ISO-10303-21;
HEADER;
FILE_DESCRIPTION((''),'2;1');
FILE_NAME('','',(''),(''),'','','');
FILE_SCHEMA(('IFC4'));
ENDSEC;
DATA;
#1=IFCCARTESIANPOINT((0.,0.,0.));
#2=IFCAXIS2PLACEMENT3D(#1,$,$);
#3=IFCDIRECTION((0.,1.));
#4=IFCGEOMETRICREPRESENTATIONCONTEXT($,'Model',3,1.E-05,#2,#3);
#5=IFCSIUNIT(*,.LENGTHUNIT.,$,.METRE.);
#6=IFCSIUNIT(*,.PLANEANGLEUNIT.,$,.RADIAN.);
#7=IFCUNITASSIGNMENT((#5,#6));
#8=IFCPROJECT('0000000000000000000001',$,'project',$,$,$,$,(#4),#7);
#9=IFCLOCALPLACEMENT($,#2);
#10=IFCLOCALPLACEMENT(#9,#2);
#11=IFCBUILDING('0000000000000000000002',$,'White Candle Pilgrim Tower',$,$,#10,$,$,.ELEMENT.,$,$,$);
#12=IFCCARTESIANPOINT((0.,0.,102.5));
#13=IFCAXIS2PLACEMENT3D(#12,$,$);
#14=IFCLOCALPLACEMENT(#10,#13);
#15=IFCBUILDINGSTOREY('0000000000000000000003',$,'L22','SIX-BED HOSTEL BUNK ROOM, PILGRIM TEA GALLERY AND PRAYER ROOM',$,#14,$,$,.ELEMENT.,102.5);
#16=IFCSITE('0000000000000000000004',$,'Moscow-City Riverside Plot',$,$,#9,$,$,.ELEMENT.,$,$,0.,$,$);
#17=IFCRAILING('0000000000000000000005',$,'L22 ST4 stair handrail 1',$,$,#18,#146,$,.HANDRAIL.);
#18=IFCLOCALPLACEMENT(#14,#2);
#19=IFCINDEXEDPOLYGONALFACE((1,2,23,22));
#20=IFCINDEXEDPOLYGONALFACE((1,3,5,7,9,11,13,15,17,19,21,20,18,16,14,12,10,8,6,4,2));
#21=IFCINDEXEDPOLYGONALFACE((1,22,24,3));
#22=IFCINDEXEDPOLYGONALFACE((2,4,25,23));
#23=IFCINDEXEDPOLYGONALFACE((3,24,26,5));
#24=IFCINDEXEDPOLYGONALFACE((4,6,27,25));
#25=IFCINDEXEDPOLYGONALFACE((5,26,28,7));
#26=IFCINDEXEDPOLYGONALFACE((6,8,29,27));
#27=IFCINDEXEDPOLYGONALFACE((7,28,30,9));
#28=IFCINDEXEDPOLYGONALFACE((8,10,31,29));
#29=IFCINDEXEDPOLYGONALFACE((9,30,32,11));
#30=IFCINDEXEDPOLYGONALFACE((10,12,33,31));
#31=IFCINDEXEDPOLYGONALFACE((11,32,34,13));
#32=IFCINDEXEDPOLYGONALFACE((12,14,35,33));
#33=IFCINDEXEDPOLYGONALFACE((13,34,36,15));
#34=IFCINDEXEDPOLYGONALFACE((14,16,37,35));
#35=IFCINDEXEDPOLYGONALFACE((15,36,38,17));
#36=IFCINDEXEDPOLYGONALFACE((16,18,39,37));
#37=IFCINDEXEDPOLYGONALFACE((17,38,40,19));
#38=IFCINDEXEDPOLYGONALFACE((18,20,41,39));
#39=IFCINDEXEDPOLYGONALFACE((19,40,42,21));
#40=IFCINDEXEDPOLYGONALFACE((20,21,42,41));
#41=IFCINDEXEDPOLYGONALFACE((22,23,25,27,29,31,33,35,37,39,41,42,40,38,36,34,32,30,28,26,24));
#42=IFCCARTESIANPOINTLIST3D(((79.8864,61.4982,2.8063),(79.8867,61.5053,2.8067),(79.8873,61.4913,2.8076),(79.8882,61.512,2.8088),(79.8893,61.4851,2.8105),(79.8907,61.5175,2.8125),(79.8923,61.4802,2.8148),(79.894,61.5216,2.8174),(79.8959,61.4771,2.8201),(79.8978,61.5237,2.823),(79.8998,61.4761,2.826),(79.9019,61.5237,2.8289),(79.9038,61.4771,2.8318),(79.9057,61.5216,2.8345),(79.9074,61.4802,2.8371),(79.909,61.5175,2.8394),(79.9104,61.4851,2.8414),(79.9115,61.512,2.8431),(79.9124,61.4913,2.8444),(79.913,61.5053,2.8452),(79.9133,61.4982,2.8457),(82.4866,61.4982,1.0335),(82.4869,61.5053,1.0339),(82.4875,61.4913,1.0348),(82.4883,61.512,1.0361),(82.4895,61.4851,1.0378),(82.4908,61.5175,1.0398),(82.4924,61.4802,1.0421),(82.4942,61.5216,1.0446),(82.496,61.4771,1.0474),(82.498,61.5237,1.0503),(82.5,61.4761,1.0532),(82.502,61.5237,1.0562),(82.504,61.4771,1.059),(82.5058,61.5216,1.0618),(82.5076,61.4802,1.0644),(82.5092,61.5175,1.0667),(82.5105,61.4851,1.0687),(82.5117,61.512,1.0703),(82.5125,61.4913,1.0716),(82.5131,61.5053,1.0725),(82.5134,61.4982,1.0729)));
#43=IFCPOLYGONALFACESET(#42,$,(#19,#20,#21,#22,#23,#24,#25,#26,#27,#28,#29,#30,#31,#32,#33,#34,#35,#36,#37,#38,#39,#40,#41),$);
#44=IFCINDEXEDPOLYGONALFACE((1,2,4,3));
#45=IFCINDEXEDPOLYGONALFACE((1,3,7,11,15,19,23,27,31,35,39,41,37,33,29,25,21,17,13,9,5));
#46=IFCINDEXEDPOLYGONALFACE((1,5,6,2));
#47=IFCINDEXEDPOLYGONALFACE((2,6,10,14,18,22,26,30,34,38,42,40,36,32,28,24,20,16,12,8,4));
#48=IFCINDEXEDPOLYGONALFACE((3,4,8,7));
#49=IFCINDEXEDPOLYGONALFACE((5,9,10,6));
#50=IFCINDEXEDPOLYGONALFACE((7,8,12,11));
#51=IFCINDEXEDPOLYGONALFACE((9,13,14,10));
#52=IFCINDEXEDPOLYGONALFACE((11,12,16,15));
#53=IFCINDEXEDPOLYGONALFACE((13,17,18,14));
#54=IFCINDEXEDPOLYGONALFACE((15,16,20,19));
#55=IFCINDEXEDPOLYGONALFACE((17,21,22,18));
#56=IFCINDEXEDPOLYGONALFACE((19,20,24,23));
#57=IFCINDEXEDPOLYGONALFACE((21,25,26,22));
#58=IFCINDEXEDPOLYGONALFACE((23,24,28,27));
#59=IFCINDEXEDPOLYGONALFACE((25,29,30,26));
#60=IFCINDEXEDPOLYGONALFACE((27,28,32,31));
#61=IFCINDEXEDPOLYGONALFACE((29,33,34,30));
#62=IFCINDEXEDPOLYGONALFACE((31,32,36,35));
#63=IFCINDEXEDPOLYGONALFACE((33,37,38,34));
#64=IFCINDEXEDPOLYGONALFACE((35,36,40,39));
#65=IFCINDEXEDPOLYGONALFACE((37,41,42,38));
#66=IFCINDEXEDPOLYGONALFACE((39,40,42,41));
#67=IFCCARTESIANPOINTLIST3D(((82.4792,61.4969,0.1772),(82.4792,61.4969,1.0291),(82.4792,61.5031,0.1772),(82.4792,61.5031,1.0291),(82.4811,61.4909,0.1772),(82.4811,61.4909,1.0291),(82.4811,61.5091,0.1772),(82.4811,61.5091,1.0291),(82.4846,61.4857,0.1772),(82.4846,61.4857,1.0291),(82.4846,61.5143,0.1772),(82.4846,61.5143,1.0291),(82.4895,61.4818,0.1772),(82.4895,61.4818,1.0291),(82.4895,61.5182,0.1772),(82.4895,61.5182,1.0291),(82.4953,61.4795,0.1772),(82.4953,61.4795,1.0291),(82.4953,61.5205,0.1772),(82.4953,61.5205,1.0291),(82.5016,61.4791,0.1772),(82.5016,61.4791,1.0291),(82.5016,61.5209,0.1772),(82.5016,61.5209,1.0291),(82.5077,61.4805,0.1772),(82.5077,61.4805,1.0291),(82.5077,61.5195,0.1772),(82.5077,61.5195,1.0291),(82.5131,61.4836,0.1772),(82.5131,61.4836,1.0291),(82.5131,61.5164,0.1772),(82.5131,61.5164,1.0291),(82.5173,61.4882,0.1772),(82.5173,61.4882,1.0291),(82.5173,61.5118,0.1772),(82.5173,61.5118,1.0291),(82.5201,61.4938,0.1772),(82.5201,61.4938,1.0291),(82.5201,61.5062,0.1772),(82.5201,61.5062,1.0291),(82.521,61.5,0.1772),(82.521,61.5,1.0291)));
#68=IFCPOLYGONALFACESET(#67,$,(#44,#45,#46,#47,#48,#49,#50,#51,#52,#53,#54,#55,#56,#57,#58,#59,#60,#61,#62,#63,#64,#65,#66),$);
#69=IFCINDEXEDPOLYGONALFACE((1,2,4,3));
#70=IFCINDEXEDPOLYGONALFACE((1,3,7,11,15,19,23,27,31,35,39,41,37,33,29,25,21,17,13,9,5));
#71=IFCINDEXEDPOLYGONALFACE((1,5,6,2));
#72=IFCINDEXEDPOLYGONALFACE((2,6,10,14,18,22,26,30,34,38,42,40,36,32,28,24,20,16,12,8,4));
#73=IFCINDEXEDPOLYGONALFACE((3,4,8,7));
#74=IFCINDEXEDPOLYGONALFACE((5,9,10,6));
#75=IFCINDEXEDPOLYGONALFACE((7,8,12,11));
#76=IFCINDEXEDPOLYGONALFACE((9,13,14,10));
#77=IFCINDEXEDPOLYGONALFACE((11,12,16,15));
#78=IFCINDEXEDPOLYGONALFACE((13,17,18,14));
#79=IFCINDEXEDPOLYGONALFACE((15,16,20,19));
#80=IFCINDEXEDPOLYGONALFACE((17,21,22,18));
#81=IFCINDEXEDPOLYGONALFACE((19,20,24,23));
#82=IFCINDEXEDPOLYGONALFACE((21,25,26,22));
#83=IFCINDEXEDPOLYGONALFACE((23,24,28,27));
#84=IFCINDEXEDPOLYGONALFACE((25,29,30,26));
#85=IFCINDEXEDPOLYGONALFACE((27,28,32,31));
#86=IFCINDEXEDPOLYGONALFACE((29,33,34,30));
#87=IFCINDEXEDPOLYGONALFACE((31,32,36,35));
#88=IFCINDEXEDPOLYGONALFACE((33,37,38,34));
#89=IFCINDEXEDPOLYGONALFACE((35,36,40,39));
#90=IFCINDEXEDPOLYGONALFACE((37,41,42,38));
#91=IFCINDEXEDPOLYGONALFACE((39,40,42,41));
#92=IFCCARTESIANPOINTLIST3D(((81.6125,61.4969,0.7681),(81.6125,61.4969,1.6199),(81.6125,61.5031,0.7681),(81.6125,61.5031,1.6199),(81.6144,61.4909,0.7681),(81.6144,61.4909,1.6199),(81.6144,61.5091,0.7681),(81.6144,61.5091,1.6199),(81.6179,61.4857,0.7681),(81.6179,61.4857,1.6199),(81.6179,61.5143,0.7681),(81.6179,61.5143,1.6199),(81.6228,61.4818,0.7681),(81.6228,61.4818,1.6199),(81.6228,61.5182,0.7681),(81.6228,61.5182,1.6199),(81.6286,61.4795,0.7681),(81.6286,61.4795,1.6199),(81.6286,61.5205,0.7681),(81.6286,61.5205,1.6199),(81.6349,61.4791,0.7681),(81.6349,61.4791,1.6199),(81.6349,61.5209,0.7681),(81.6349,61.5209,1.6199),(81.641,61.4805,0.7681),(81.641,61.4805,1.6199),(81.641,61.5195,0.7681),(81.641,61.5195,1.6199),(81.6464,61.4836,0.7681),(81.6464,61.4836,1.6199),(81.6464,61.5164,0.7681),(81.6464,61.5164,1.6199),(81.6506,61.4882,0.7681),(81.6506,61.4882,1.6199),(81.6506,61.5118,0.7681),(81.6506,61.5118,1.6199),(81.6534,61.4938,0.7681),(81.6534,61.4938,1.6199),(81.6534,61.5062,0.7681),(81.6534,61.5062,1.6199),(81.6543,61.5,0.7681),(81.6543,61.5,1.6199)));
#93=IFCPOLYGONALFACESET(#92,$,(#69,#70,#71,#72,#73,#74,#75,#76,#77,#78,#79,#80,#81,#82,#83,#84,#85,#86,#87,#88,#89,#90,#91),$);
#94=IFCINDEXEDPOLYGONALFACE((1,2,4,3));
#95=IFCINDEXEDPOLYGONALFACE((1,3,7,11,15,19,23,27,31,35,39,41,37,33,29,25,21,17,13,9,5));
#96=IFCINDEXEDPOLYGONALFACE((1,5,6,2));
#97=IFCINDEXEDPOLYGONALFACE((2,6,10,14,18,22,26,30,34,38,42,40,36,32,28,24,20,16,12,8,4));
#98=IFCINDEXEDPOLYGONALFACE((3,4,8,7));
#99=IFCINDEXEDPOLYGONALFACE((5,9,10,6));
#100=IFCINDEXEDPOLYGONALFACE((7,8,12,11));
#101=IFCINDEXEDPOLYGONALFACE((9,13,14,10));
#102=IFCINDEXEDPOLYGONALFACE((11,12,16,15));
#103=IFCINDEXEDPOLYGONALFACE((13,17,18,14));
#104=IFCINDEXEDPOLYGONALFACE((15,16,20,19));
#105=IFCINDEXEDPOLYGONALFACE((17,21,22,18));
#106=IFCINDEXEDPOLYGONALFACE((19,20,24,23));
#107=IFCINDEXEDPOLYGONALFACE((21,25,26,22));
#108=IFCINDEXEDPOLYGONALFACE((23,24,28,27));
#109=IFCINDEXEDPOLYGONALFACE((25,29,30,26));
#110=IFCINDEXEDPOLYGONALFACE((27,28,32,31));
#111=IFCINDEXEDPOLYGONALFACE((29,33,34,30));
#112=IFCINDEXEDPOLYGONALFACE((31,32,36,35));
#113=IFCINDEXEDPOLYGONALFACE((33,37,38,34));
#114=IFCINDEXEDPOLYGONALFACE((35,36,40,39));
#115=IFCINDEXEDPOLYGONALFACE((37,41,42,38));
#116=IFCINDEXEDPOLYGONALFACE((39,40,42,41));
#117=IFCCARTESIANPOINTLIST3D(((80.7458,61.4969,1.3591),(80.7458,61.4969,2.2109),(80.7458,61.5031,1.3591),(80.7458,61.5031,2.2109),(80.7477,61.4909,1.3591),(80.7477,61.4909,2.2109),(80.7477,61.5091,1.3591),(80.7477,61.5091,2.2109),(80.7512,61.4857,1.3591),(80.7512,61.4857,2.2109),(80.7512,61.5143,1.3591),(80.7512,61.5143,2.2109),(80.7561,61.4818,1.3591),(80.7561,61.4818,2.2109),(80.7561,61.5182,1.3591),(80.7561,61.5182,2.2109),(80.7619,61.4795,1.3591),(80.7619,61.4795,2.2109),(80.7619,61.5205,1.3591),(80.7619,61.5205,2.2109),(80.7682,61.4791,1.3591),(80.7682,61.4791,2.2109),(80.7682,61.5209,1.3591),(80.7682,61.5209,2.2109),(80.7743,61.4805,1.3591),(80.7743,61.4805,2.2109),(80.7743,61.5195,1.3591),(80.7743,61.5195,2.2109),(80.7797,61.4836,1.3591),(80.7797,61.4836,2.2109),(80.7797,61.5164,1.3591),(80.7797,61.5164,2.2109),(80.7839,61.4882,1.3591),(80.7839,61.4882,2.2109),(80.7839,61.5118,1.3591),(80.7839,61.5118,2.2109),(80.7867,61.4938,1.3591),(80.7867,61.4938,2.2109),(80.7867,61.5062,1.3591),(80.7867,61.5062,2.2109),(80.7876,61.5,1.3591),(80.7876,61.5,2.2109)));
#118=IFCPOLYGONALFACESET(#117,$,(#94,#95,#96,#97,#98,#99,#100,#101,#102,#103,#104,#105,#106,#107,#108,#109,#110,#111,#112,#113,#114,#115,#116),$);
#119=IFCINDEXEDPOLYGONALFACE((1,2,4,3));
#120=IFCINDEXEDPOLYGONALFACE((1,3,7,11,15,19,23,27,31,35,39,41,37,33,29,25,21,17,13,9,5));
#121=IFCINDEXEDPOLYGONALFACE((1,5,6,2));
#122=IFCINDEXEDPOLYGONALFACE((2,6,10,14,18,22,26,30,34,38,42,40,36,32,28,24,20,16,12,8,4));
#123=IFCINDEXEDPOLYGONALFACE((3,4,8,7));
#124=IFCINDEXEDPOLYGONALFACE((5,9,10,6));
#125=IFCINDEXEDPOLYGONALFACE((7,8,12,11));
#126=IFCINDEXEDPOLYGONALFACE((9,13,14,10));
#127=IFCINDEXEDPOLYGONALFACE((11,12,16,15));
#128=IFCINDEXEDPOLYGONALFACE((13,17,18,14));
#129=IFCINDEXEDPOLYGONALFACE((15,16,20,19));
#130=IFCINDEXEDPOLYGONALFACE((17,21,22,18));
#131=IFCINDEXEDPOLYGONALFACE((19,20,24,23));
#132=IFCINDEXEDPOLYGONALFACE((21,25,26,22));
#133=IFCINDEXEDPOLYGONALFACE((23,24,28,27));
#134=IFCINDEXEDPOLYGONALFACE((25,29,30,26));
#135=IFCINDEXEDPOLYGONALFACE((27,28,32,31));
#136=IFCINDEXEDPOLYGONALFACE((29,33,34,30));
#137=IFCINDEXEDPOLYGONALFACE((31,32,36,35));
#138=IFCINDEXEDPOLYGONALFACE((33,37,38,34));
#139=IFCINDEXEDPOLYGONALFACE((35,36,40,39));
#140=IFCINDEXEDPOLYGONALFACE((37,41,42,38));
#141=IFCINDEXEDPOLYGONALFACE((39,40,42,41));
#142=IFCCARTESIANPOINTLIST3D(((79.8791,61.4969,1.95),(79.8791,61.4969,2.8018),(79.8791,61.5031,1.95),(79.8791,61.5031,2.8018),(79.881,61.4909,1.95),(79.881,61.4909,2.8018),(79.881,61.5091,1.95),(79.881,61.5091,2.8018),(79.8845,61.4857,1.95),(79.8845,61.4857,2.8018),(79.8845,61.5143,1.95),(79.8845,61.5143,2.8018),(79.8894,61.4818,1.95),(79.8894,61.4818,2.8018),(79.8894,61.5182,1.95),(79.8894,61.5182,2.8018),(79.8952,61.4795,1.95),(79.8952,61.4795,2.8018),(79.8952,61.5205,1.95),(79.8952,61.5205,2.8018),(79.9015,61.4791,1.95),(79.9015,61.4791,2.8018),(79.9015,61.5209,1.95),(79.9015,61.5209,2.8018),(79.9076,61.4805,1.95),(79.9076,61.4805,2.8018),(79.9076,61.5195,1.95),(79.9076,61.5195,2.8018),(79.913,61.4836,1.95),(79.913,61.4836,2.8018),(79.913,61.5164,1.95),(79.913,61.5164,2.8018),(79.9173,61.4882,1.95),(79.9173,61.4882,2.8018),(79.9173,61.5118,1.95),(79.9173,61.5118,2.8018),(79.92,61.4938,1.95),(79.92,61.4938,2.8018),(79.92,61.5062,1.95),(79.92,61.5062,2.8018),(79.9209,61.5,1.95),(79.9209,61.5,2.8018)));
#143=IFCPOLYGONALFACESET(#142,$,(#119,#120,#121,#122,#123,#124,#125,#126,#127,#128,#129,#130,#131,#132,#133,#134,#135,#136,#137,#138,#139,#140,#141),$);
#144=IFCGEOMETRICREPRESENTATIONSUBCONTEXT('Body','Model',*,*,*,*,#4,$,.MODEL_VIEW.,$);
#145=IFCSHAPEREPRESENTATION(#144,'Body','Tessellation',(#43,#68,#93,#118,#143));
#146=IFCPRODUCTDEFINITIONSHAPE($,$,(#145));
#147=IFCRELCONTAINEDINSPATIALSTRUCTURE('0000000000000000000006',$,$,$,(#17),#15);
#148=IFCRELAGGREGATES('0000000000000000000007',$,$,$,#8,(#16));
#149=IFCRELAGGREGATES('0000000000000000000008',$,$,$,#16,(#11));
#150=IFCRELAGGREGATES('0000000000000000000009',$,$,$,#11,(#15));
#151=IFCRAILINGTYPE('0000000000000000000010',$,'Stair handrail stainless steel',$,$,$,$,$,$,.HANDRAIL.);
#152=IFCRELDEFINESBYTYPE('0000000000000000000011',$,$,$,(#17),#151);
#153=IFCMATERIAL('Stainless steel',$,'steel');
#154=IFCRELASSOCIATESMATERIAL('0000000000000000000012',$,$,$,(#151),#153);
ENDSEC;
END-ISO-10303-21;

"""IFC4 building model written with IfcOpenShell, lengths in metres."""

from ifc_helpers import new_model, si_unit, direction, frame, origin, origin_2d, place, context, subcontext, project, spatial, circle, extrude, material, type_object, element, save


model = new_model("IFC4")

# Units and contexts
model_context = context("Model", 3, precision=1e-05, world=origin(), true_north=direction((0.0, 1.0)))
body_context = subcontext(model_context, "Body", "Model", "MODEL_VIEW")
ifc_project = project(units=[si_unit("LENGTHUNIT", "METRE"), si_unit("PLANEANGLEUNIT", "RADIAN")], contexts=[model_context])

# Site, building, storey
site_placement = place(None, origin())
site = spatial("IfcSite", under=ifc_project, at=site_placement, Name="Moscow-City Riverside Plot", CompositionType="ELEMENT", RefElevation=0.0)
building_placement = place(site_placement, origin())
building = spatial("IfcBuilding", under=site, at=building_placement, Name="White Candle Pilgrim Tower", CompositionType="ELEMENT")
storey_placement = place(building_placement, frame((0.0, 0.0, 102.5)))
storey = spatial("IfcBuildingStorey", under=building, at=storey_placement, Name="L22", Description="SIX-BED HOSTEL BUNK ROOM, PILGRIM TEA GALLERY AND PRAYER ROOM", CompositionType="ELEMENT", Elevation=102.5)

# Railing
ifc_material_1 = material(Name="Stainless steel", Category="steel")
railing_type_1 = type_object("IfcRailingType", Name="Stair handrail stainless steel", PredefinedType="HANDRAIL", material=ifc_material_1)
railing_1_placement = place(storey_placement, frame((82.5, 61.5, 0.1772)))
element("IfcRailing", 1, at=railing_1_placement, inside=storey, type_object=railing_type_1, Name="L22 ST4 stair handrail 1", PredefinedType="HANDRAIL", context=body_context, shape_type="SweptSolid", body=[
    extrude(circle(Radius=0.0239, at=origin_2d()), frame((0.0, 0.0, 0.876), z_axis=(-0.82624, 0.0, 0.563318), x_axis=(0.0, -1.0, 0.0)), (0.0, 0.0, 1.0), 3.147),
    extrude(circle(Radius=0.021, at=origin_2d()), origin(), (0.0, 0.0, 1.0), 0.8518),
    extrude(circle(Radius=0.021, at=origin_2d()), frame((-0.8667, 0.0, 0.5908)), (0.0, 0.0, 1.0), 0.8518),
    extrude(circle(Radius=0.021, at=origin_2d()), frame((-1.7334, 0.0, 1.1819)), (0.0, 0.0, 1.0), 0.8518),
    extrude(circle(Radius=0.021, at=origin_2d()), frame((-2.6001, 0.0, 1.7727)), (0.0, 0.0, 1.0), 0.8518),
])

save(model, "model.ifc")
